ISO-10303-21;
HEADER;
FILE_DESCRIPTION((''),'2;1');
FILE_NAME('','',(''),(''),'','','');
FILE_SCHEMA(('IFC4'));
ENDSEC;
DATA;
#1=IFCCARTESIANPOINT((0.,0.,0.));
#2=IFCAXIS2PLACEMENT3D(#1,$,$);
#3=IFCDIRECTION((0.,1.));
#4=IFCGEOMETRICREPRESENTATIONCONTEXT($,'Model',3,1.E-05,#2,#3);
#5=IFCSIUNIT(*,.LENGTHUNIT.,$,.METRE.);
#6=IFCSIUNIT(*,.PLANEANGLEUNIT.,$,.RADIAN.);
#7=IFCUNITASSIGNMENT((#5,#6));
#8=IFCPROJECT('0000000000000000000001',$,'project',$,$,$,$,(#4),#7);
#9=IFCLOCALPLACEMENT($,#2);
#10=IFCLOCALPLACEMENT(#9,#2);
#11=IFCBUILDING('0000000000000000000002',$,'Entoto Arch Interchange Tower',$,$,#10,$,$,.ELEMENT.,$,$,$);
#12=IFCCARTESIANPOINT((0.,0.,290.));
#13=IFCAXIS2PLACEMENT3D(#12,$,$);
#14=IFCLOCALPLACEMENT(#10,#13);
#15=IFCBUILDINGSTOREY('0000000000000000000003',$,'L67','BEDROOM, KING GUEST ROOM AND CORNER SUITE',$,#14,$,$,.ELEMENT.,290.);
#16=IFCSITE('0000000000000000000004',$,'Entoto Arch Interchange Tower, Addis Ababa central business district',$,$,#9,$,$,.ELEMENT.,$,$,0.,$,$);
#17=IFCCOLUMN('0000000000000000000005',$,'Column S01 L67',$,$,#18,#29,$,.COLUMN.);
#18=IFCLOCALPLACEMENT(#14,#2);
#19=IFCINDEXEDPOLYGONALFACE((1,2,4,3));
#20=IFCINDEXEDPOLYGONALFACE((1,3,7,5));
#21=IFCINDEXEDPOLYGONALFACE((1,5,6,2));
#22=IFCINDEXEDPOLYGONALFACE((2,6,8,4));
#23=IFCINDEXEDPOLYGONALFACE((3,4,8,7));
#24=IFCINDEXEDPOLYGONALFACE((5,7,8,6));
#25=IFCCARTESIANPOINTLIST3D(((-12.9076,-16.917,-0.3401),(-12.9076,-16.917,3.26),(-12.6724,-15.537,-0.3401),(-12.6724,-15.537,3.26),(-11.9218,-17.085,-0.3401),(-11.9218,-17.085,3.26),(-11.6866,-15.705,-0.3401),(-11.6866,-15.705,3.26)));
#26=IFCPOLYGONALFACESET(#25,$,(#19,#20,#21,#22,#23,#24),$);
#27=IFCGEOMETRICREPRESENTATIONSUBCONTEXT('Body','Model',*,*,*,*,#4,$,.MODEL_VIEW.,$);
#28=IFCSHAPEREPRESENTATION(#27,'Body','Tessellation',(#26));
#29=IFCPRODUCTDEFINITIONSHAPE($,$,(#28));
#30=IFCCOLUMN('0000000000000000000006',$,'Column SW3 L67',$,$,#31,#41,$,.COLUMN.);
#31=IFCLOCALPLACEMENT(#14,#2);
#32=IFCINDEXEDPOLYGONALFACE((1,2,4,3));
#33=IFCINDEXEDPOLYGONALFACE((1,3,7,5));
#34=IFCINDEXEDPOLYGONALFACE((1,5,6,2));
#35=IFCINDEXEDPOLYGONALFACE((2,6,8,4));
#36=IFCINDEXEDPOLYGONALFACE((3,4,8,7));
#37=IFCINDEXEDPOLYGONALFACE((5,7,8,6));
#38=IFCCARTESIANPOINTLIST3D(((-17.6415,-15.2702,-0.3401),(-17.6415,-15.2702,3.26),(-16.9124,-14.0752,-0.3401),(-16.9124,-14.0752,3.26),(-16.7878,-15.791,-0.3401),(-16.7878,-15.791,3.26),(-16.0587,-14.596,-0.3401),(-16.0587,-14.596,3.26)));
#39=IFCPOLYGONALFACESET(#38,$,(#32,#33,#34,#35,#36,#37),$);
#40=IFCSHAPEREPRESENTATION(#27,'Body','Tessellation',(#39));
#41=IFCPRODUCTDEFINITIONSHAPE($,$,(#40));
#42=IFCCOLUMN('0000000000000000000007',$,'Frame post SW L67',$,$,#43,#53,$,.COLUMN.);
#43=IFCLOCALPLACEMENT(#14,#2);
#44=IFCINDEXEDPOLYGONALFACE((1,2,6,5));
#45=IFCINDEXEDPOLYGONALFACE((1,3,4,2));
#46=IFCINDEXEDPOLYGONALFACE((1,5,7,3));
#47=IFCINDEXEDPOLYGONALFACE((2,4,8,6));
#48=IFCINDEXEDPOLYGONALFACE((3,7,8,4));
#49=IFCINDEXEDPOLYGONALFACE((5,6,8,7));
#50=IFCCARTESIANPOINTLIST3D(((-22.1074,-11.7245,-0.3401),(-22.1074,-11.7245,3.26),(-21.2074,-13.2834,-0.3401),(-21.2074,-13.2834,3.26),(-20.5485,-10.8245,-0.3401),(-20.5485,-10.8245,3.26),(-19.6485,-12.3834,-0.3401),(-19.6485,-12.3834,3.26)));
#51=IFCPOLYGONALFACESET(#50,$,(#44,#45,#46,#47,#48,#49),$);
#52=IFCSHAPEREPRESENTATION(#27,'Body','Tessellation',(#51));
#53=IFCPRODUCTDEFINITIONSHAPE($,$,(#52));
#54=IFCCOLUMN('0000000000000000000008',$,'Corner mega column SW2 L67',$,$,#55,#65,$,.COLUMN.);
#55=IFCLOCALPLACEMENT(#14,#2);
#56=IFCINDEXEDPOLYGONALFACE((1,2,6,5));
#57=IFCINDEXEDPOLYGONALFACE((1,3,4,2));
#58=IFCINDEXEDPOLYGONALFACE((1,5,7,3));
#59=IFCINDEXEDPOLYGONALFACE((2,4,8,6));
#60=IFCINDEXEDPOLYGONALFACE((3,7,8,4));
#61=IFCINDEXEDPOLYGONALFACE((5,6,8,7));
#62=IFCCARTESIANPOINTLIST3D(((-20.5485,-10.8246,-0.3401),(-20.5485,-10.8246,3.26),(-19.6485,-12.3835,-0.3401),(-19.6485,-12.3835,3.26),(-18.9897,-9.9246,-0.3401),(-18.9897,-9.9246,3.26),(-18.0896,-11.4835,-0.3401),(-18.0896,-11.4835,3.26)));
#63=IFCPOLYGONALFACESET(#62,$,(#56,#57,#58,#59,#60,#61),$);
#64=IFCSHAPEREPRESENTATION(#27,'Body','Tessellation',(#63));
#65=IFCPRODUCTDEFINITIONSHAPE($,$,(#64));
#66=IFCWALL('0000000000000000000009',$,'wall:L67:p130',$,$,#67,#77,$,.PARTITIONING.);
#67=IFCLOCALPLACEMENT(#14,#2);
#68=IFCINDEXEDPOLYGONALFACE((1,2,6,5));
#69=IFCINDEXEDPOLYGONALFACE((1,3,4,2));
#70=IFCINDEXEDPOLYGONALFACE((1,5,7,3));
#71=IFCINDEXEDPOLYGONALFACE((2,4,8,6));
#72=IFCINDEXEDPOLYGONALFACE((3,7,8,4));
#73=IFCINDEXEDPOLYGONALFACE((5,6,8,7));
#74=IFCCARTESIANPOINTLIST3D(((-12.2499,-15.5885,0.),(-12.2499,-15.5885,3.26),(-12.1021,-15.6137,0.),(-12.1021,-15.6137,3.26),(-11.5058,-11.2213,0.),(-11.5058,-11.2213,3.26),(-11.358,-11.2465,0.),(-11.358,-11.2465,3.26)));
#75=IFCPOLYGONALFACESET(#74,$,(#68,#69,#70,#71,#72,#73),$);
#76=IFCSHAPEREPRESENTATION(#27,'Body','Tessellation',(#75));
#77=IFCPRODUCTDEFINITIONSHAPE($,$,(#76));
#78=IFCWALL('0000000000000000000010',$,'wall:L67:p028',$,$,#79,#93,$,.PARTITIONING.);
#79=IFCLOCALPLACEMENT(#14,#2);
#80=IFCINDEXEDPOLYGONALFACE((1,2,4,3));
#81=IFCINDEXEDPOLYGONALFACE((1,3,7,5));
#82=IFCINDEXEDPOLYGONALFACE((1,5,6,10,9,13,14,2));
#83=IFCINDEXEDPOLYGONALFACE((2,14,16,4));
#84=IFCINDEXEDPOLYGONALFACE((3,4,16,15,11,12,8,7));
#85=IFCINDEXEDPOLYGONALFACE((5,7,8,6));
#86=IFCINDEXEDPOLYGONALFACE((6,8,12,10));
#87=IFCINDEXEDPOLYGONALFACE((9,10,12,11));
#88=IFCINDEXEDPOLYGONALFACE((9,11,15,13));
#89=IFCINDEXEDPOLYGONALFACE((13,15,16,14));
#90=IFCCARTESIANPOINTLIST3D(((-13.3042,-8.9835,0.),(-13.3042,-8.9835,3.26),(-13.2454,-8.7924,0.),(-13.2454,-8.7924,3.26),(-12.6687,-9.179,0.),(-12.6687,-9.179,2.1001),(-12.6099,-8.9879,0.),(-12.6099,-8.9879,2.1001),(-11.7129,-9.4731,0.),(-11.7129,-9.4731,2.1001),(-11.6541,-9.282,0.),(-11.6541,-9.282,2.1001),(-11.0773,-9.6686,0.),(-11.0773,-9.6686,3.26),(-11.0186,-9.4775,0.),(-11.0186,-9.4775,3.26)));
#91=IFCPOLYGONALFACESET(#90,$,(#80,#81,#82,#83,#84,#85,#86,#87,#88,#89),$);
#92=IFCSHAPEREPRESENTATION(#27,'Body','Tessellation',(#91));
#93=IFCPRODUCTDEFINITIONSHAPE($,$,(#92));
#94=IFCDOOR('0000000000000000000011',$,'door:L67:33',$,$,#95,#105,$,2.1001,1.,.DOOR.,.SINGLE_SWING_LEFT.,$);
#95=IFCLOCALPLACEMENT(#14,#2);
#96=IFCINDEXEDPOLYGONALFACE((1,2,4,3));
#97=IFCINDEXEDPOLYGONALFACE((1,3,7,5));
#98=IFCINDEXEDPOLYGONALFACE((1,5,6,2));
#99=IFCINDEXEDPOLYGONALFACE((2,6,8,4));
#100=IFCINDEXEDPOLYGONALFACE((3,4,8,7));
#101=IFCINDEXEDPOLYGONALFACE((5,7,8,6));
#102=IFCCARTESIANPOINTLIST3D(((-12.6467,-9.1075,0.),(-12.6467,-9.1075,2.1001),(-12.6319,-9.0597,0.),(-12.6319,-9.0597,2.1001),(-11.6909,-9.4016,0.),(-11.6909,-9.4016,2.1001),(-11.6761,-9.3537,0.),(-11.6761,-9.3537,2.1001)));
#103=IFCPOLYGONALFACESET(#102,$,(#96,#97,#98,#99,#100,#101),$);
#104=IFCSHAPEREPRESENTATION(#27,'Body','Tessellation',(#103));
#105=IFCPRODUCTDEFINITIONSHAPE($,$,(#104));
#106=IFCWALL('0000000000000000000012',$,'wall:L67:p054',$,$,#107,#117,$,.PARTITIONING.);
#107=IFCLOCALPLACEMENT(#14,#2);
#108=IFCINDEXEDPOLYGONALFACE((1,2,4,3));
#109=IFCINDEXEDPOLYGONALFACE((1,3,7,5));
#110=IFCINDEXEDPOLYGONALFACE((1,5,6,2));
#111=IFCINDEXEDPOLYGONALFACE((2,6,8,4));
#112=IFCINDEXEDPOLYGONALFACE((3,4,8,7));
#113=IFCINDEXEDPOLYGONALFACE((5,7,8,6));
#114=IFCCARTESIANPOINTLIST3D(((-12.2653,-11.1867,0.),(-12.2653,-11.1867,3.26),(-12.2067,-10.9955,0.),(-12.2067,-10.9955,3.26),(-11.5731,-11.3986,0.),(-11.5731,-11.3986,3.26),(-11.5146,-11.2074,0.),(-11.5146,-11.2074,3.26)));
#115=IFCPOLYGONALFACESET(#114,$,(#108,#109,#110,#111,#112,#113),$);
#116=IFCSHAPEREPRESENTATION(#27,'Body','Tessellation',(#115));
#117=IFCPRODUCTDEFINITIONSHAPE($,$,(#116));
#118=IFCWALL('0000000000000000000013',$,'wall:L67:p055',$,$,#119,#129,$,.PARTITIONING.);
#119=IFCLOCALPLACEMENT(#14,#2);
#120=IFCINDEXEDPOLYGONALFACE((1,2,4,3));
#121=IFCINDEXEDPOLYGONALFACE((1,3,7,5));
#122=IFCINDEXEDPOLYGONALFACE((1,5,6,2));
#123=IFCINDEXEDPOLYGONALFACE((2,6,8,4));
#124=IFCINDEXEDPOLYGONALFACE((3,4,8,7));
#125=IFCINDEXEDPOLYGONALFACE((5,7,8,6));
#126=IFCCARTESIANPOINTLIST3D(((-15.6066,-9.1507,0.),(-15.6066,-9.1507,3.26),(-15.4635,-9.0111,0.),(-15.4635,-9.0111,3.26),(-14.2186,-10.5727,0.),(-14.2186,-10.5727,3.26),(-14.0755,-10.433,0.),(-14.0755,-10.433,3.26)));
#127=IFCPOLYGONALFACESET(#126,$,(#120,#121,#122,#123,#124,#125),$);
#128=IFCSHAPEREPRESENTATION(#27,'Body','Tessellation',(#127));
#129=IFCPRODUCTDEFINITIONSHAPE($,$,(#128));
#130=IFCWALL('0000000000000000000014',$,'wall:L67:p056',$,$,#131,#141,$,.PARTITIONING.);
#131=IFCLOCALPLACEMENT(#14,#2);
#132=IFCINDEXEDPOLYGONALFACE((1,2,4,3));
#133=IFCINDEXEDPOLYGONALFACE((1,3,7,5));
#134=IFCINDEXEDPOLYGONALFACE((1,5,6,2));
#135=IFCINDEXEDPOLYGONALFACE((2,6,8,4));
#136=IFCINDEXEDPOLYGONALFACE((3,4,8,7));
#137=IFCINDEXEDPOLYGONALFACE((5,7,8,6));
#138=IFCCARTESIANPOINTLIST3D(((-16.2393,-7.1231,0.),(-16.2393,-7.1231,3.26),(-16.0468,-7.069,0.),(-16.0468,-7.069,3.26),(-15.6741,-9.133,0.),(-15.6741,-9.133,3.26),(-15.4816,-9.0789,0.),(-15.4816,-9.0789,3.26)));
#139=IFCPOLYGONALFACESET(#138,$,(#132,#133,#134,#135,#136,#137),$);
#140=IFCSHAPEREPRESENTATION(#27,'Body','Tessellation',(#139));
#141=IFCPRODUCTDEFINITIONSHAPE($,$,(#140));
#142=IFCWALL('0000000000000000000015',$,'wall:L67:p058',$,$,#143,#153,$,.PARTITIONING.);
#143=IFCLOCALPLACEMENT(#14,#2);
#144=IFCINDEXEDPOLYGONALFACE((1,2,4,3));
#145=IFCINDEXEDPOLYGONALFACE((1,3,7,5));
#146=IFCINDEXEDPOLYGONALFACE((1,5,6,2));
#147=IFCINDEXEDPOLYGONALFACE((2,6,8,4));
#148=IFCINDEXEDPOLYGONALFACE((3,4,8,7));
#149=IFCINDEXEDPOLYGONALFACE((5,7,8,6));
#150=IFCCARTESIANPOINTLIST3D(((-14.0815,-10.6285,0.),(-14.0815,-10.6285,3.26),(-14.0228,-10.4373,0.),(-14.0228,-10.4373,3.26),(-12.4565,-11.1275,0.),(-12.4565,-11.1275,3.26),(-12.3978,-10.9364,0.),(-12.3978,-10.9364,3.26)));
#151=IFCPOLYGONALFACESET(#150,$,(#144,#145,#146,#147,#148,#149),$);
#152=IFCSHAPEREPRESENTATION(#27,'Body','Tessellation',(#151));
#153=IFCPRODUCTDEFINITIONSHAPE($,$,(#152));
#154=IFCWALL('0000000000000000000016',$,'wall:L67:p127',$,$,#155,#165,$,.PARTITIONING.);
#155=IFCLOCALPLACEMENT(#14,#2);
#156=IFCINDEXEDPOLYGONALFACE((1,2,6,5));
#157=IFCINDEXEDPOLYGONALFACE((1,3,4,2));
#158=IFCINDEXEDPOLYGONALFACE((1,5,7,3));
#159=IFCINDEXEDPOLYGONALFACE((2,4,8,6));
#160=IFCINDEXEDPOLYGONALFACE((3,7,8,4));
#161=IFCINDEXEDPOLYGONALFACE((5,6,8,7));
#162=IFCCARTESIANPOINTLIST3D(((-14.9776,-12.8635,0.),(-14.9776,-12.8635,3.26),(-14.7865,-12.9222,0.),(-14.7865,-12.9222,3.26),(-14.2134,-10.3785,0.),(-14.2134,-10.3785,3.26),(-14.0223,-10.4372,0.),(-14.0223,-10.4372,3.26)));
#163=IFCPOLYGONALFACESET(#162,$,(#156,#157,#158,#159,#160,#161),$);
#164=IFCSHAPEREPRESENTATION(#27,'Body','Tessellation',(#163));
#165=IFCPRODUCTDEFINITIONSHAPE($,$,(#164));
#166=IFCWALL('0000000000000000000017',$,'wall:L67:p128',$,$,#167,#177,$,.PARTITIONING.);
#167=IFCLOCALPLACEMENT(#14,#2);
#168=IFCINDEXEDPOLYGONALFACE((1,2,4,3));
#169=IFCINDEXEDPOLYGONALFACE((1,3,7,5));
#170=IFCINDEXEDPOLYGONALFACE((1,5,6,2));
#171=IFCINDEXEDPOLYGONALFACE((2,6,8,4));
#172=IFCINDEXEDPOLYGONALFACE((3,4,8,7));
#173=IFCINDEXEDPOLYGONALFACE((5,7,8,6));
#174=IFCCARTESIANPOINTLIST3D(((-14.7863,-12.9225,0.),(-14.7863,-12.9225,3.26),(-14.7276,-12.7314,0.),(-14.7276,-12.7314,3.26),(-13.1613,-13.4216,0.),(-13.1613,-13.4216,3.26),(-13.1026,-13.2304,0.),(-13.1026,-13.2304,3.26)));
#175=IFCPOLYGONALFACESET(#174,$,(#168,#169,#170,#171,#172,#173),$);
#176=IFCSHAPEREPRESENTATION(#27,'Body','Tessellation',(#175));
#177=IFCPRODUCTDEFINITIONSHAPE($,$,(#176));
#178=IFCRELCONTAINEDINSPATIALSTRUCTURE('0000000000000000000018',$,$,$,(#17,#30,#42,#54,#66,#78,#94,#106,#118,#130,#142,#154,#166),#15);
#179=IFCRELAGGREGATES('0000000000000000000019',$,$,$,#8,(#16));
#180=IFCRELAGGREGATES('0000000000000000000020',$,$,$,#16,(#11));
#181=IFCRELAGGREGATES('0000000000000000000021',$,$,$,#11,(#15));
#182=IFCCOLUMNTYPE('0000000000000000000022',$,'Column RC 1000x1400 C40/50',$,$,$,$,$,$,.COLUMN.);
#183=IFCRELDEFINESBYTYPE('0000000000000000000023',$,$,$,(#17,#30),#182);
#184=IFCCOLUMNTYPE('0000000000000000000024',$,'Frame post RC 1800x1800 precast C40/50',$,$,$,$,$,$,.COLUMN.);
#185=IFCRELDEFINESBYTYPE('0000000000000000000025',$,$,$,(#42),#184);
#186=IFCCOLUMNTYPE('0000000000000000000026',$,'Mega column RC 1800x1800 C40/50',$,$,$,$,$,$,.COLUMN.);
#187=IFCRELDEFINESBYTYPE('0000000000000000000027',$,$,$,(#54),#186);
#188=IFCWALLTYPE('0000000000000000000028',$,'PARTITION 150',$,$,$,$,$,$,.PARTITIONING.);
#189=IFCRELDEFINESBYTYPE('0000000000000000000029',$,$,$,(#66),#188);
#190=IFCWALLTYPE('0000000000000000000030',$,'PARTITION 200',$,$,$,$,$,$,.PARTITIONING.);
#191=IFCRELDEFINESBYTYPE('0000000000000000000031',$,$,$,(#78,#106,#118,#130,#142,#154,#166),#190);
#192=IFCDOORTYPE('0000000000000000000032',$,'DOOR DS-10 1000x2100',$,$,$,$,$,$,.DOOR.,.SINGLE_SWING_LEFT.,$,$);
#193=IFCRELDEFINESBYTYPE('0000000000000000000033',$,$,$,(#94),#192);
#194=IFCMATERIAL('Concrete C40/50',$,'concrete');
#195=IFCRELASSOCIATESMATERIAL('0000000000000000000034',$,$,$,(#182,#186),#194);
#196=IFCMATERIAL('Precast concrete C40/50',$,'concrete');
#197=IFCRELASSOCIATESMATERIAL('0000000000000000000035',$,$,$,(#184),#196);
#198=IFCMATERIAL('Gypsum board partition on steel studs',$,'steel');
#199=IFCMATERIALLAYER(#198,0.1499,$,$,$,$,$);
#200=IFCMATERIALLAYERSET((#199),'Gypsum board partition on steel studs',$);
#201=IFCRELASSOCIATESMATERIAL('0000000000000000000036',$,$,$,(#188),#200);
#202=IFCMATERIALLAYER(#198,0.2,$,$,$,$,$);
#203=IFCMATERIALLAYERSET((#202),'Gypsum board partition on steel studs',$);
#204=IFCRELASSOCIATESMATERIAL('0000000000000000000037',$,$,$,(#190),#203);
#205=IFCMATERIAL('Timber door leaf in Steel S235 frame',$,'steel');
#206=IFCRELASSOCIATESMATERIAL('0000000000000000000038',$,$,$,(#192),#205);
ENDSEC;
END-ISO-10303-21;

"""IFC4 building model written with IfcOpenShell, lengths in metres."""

from ifc_helpers import new_model, si_unit, direction, frame, frame_2d, origin, origin_2d, place, context, subcontext, project, spatial, rectangle, extrude, material, layer, layer_set, material_profile, profile_set, type_object, element, fill, save


model = new_model("IFC4")

# Units and contexts
model_context = context("Model", 3, precision=1e-05, world=origin(), true_north=direction((0.0, 1.0)))
body_context = subcontext(model_context, "Body", "Model", "MODEL_VIEW")
ifc_project = project(units=[si_unit("LENGTHUNIT", "METRE"), si_unit("PLANEANGLEUNIT", "RADIAN")], contexts=[model_context])

# Site, building, storey
site_placement = place(None, origin())
site = spatial("IfcSite", under=ifc_project, at=site_placement, Name="Entoto Arch Interchange Tower, Addis Ababa central business district", CompositionType="ELEMENT", RefElevation=0.0)
building_placement = place(site_placement, origin())
building = spatial("IfcBuilding", under=site, at=building_placement, Name="Entoto Arch Interchange Tower", CompositionType="ELEMENT")
storey_placement = place(building_placement, frame((0.0, 0.0, 290.0)))
storey = spatial("IfcBuildingStorey", under=building, at=storey_placement, Name="L67", Description="BEDROOM, KING GUEST ROOM AND CORNER SUITE", CompositionType="ELEMENT", Elevation=290.0)

# Columns
ifc_material_1 = material(Name="Concrete C40/50", Category="concrete")
ifc_material_profile_1 = material_profile(ifc_material_1, rectangle(XDim=1.0, YDim=1.3999, at=origin_2d()))
ifc_profile_set_1 = profile_set([ifc_material_profile_1], Name="Concrete C40/50")
column_type_1 = type_object("IfcColumnType", Name="Column RC 1000x1400 C40/50", PredefinedType="COLUMN", material=ifc_profile_set_1)
for number, where, z_axis, x_axis, name in (
    (1, (-12.2971, -16.311, -0.3401), (0.0, 0.0, 1.0), (-0.985786, 0.168008, 0.0), "Column S01 L67"),
    (2, (-16.8501, -14.9331, -0.3401), (0.0, 0.0, 1.0), (-0.853651, 0.520846, 0.0), "Column SW3 L67"),
):
    element("IfcColumn", number, at=place(storey_placement, frame(where, z_axis=z_axis, x_axis=x_axis)), inside=storey, type_object=column_type_1, Name=name, PredefinedType="COLUMN", context=body_context, shape_type="SweptSolid", body=[
        extrude(rectangle(XDim=1.0, YDim=1.3999, at=origin_2d()), origin(), (0.0, 0.0, 1.0), 3.6001),
    ])
ifc_material_2 = material(Name="Precast concrete C40/50", Category="concrete")
ifc_material_profile_2 = material_profile(ifc_material_2, rectangle(XDim=1.8, YDim=1.8, at=origin_2d()))
ifc_profile_set_2 = profile_set([ifc_material_profile_2], Name="Precast concrete C40/50")
column_type_2 = type_object("IfcColumnType", Name="Frame post RC 1800x1800 precast C40/50", PredefinedType="COLUMN", material=ifc_profile_set_2)
column_1_placement = place(storey_placement, frame((-20.8779, -12.054, -0.3401), z_axis=(0.0, 0.0, 1.0), x_axis=(0.866025, 0.5, 0.0)))
element("IfcColumn", 3, at=column_1_placement, inside=storey, type_object=column_type_2, Name="Frame post SW L67", PredefinedType="COLUMN", context=body_context, shape_type="SweptSolid", body=[
    extrude(rectangle(XDim=1.8, YDim=1.8, at=origin_2d()), origin(), (0.0, 0.0, 1.0), 3.6001),
])
ifc_material_profile_3 = material_profile(ifc_material_1, rectangle(XDim=1.8, YDim=1.8, at=origin_2d()))
ifc_profile_set_3 = profile_set([ifc_material_profile_3], Name="Concrete C40/50")
column_type_3 = type_object("IfcColumnType", Name="Mega column RC 1800x1800 C40/50", PredefinedType="COLUMN", material=ifc_profile_set_3)
column_2_placement = place(storey_placement, frame((-19.3191, -11.1541, -0.3401), z_axis=(0.0, 0.0, 1.0), x_axis=(0.866025, 0.5, 0.0)))
element("IfcColumn", 4, at=column_2_placement, inside=storey, type_object=column_type_3, Name="Corner mega column SW2 L67", PredefinedType="COLUMN", context=body_context, shape_type="SweptSolid", body=[
    extrude(rectangle(XDim=1.8, YDim=1.8, at=origin_2d()), origin(), (0.0, 0.0, 1.0), 3.6001),
])

# Wall
ifc_material_3 = material(Name="Gypsum board partition on steel studs", Category="steel")
ifc_layer_1 = layer(ifc_material_3, 0.1499)
ifc_layer_set_1 = layer_set([ifc_layer_1], Name="Gypsum board partition on steel studs")
wall_type_1 = type_object("IfcWallType", Name="PARTITION 150", PredefinedType="PARTITIONING", material=ifc_layer_set_1)
wall_1_placement = place(storey_placement, frame((-11.4319, -11.2339, 0.0), z_axis=(0.0, 0.0, 1.0), x_axis=(-0.167973, -0.985792, 0.0)))
element("IfcWall", 5, at=wall_1_placement, inside=storey, type_object=wall_type_1, Name="wall:L67:p130", PredefinedType="PARTITIONING", context=body_context, shape_type="SweptSolid", body=[
    extrude(rectangle(XDim=4.4302, YDim=0.1499, at=frame_2d((2.2151, 0.0))), origin(), (0.0, 0.0, 1.0), 3.26),
])

# Wall, opening, door
ifc_layer_2 = layer(ifc_material_3, 0.2)
ifc_layer_set_2 = layer_set([ifc_layer_2], Name="Gypsum board partition on steel studs")
wall_type_2 = type_object("IfcWallType", Name="PARTITION 200", PredefinedType="PARTITIONING", material=ifc_layer_set_2)
wall_2_placement = place(storey_placement, frame((-13.2749, -8.8879, 0.0), z_axis=(0.0, 0.0, 1.0), x_axis=(0.955793, -0.294042, 0.0)))
wall_2 = element("IfcWall", 6, at=wall_2_placement, inside=storey, type_object=wall_type_2, Name="wall:L67:p028", PredefinedType="PARTITIONING", context=body_context, shape_type="SweptSolid", body=[
    extrude(rectangle(XDim=2.3298, YDim=0.2, at=frame_2d((1.165, 0.0))), origin(), (0.0, 0.0, 1.0), 3.26),
])
opening_1_placement = place(wall_2_placement, frame((0.665, 0.0, 0.0)))
opening_1 = element("IfcOpeningElement", 7, at=opening_1_placement, cuts=wall_2, PredefinedType="OPENING", context=body_context, shape_type="SweptSolid", body=[
    extrude(rectangle(XDim=1.0, YDim=2.1001, at=frame_2d((0.5, 1.05))), frame((0.0, 0.1099, 0.0), z_axis=(0.0, -1.0, 0.0), x_axis=(1.0, 0.0, 0.0)), (0.0, 0.0, 1.0), 0.22),
])
ifc_material_4 = material(Name="Timber door leaf in Steel S235 frame", Category="steel")
door_type_1 = type_object("IfcDoorType", Name="DOOR DS-10 1000x2100", OperationType="SINGLE_SWING_LEFT", PredefinedType="DOOR", material=ifc_material_4)
door_1_placement = place(opening_1_placement, origin())
door_1 = element("IfcDoor", 8, at=door_1_placement, inside=storey, type_object=door_type_1, Name="door:L67:33", OperationType="SINGLE_SWING_LEFT", OverallHeight=2.1001, OverallWidth=1.0, PredefinedType="DOOR", context=body_context, shape_type="SweptSolid", body=[
    extrude(rectangle(XDim=1.0, YDim=2.1001, at=frame_2d((0.5, 1.05))), frame((0.0, 0.0249, 0.0), z_axis=(0.0, -1.0, 0.0), x_axis=(1.0, 0.0, 0.0)), (0.0, 0.0, 1.0), 0.05),
])
fill(opening_1, door_1)

# Walls
wall_3_placement = place(storey_placement, frame((-11.5439, -11.303, 0.0), z_axis=(0.0, 0.0, 1.0), x_axis=(-0.956186, 0.292758, 0.0)))
element("IfcWall", 9, at=wall_3_placement, inside=storey, type_object=wall_type_2, Name="wall:L67:p054", PredefinedType="PARTITIONING", context=body_context, shape_type="SweptSolid", body=[
    extrude(rectangle(XDim=0.7239, YDim=0.2, at=frame_2d((0.3618, 0.0))), origin(), (0.0, 0.0, 1.0), 3.26),
])
wall_4_placement = place(storey_placement, frame((-14.147, -10.5029, 0.0), z_axis=(0.0, 0.0, 1.0), x_axis=(-0.698516, 0.715595, 0.0)))
element("IfcWall", 10, at=wall_4_placement, inside=storey, type_object=wall_type_2, Name="wall:L67:p055", PredefinedType="PARTITIONING", context=body_context, shape_type="SweptSolid", body=[
    extrude(rectangle(XDim=1.9871, YDim=0.2, at=frame_2d((0.9937, 0.0))), origin(), (0.0, 0.0, 1.0), 3.26),
])
wall_5_placement = place(storey_placement, frame((-15.5779, -9.106, 0.0), z_axis=(0.0, 0.0, 1.0), x_axis=(-0.270688, 0.962667, 0.0)))
element("IfcWall", 11, at=wall_5_placement, inside=storey, type_object=wall_type_2, Name="wall:L67:p056", PredefinedType="PARTITIONING", context=body_context, shape_type="SweptSolid", body=[
    extrude(rectangle(XDim=2.0879, YDim=0.2, at=frame_2d((1.0439, 0.0))), origin(), (0.0, 0.0, 1.0), 3.26),
])
wall_6_placement = place(storey_placement, frame((-12.427, -11.032, 0.0), z_axis=(0.0, 0.0, 1.0), x_axis=(-0.95594, 0.293561, 0.0)))
element("IfcWall", 12, at=wall_6_placement, inside=storey, type_object=wall_type_2, Name="wall:L67:p058", PredefinedType="PARTITIONING", context=body_context, shape_type="SweptSolid", body=[
    extrude(rectangle(XDim=1.7, YDim=0.2, at=frame_2d((0.8501, 0.0))), origin(), (0.0, 0.0, 1.0), 3.26),
])
wall_7_placement = place(storey_placement, frame((-14.1179, -10.408, 0.0), z_axis=(0.0, 0.0, 1.0), x_axis=(-0.293914, -0.955832, 0.0)))
element("IfcWall", 13, at=wall_7_placement, inside=storey, type_object=wall_type_2, Name="wall:L67:p127", PredefinedType="PARTITIONING", context=body_context, shape_type="SweptSolid", body=[
    extrude(rectangle(XDim=2.5999, YDim=0.2, at=frame_2d((1.2998, 0.0))), origin(), (0.0, 0.0, 1.0), 3.26),
])
wall_8_placement = place(storey_placement, frame((-14.7571, -12.8269, 0.0), z_axis=(0.0, 0.0, 1.0), x_axis=(0.95594, -0.293561, 0.0)))
element("IfcWall", 14, at=wall_8_placement, inside=storey, type_object=wall_type_2, Name="wall:L67:p128", PredefinedType="PARTITIONING", context=body_context, shape_type="SweptSolid", body=[
    extrude(rectangle(XDim=1.7, YDim=0.2, at=frame_2d((0.8501, 0.0))), origin(), (0.0, 0.0, 1.0), 3.26),
])

save(model, "model.ifc")
